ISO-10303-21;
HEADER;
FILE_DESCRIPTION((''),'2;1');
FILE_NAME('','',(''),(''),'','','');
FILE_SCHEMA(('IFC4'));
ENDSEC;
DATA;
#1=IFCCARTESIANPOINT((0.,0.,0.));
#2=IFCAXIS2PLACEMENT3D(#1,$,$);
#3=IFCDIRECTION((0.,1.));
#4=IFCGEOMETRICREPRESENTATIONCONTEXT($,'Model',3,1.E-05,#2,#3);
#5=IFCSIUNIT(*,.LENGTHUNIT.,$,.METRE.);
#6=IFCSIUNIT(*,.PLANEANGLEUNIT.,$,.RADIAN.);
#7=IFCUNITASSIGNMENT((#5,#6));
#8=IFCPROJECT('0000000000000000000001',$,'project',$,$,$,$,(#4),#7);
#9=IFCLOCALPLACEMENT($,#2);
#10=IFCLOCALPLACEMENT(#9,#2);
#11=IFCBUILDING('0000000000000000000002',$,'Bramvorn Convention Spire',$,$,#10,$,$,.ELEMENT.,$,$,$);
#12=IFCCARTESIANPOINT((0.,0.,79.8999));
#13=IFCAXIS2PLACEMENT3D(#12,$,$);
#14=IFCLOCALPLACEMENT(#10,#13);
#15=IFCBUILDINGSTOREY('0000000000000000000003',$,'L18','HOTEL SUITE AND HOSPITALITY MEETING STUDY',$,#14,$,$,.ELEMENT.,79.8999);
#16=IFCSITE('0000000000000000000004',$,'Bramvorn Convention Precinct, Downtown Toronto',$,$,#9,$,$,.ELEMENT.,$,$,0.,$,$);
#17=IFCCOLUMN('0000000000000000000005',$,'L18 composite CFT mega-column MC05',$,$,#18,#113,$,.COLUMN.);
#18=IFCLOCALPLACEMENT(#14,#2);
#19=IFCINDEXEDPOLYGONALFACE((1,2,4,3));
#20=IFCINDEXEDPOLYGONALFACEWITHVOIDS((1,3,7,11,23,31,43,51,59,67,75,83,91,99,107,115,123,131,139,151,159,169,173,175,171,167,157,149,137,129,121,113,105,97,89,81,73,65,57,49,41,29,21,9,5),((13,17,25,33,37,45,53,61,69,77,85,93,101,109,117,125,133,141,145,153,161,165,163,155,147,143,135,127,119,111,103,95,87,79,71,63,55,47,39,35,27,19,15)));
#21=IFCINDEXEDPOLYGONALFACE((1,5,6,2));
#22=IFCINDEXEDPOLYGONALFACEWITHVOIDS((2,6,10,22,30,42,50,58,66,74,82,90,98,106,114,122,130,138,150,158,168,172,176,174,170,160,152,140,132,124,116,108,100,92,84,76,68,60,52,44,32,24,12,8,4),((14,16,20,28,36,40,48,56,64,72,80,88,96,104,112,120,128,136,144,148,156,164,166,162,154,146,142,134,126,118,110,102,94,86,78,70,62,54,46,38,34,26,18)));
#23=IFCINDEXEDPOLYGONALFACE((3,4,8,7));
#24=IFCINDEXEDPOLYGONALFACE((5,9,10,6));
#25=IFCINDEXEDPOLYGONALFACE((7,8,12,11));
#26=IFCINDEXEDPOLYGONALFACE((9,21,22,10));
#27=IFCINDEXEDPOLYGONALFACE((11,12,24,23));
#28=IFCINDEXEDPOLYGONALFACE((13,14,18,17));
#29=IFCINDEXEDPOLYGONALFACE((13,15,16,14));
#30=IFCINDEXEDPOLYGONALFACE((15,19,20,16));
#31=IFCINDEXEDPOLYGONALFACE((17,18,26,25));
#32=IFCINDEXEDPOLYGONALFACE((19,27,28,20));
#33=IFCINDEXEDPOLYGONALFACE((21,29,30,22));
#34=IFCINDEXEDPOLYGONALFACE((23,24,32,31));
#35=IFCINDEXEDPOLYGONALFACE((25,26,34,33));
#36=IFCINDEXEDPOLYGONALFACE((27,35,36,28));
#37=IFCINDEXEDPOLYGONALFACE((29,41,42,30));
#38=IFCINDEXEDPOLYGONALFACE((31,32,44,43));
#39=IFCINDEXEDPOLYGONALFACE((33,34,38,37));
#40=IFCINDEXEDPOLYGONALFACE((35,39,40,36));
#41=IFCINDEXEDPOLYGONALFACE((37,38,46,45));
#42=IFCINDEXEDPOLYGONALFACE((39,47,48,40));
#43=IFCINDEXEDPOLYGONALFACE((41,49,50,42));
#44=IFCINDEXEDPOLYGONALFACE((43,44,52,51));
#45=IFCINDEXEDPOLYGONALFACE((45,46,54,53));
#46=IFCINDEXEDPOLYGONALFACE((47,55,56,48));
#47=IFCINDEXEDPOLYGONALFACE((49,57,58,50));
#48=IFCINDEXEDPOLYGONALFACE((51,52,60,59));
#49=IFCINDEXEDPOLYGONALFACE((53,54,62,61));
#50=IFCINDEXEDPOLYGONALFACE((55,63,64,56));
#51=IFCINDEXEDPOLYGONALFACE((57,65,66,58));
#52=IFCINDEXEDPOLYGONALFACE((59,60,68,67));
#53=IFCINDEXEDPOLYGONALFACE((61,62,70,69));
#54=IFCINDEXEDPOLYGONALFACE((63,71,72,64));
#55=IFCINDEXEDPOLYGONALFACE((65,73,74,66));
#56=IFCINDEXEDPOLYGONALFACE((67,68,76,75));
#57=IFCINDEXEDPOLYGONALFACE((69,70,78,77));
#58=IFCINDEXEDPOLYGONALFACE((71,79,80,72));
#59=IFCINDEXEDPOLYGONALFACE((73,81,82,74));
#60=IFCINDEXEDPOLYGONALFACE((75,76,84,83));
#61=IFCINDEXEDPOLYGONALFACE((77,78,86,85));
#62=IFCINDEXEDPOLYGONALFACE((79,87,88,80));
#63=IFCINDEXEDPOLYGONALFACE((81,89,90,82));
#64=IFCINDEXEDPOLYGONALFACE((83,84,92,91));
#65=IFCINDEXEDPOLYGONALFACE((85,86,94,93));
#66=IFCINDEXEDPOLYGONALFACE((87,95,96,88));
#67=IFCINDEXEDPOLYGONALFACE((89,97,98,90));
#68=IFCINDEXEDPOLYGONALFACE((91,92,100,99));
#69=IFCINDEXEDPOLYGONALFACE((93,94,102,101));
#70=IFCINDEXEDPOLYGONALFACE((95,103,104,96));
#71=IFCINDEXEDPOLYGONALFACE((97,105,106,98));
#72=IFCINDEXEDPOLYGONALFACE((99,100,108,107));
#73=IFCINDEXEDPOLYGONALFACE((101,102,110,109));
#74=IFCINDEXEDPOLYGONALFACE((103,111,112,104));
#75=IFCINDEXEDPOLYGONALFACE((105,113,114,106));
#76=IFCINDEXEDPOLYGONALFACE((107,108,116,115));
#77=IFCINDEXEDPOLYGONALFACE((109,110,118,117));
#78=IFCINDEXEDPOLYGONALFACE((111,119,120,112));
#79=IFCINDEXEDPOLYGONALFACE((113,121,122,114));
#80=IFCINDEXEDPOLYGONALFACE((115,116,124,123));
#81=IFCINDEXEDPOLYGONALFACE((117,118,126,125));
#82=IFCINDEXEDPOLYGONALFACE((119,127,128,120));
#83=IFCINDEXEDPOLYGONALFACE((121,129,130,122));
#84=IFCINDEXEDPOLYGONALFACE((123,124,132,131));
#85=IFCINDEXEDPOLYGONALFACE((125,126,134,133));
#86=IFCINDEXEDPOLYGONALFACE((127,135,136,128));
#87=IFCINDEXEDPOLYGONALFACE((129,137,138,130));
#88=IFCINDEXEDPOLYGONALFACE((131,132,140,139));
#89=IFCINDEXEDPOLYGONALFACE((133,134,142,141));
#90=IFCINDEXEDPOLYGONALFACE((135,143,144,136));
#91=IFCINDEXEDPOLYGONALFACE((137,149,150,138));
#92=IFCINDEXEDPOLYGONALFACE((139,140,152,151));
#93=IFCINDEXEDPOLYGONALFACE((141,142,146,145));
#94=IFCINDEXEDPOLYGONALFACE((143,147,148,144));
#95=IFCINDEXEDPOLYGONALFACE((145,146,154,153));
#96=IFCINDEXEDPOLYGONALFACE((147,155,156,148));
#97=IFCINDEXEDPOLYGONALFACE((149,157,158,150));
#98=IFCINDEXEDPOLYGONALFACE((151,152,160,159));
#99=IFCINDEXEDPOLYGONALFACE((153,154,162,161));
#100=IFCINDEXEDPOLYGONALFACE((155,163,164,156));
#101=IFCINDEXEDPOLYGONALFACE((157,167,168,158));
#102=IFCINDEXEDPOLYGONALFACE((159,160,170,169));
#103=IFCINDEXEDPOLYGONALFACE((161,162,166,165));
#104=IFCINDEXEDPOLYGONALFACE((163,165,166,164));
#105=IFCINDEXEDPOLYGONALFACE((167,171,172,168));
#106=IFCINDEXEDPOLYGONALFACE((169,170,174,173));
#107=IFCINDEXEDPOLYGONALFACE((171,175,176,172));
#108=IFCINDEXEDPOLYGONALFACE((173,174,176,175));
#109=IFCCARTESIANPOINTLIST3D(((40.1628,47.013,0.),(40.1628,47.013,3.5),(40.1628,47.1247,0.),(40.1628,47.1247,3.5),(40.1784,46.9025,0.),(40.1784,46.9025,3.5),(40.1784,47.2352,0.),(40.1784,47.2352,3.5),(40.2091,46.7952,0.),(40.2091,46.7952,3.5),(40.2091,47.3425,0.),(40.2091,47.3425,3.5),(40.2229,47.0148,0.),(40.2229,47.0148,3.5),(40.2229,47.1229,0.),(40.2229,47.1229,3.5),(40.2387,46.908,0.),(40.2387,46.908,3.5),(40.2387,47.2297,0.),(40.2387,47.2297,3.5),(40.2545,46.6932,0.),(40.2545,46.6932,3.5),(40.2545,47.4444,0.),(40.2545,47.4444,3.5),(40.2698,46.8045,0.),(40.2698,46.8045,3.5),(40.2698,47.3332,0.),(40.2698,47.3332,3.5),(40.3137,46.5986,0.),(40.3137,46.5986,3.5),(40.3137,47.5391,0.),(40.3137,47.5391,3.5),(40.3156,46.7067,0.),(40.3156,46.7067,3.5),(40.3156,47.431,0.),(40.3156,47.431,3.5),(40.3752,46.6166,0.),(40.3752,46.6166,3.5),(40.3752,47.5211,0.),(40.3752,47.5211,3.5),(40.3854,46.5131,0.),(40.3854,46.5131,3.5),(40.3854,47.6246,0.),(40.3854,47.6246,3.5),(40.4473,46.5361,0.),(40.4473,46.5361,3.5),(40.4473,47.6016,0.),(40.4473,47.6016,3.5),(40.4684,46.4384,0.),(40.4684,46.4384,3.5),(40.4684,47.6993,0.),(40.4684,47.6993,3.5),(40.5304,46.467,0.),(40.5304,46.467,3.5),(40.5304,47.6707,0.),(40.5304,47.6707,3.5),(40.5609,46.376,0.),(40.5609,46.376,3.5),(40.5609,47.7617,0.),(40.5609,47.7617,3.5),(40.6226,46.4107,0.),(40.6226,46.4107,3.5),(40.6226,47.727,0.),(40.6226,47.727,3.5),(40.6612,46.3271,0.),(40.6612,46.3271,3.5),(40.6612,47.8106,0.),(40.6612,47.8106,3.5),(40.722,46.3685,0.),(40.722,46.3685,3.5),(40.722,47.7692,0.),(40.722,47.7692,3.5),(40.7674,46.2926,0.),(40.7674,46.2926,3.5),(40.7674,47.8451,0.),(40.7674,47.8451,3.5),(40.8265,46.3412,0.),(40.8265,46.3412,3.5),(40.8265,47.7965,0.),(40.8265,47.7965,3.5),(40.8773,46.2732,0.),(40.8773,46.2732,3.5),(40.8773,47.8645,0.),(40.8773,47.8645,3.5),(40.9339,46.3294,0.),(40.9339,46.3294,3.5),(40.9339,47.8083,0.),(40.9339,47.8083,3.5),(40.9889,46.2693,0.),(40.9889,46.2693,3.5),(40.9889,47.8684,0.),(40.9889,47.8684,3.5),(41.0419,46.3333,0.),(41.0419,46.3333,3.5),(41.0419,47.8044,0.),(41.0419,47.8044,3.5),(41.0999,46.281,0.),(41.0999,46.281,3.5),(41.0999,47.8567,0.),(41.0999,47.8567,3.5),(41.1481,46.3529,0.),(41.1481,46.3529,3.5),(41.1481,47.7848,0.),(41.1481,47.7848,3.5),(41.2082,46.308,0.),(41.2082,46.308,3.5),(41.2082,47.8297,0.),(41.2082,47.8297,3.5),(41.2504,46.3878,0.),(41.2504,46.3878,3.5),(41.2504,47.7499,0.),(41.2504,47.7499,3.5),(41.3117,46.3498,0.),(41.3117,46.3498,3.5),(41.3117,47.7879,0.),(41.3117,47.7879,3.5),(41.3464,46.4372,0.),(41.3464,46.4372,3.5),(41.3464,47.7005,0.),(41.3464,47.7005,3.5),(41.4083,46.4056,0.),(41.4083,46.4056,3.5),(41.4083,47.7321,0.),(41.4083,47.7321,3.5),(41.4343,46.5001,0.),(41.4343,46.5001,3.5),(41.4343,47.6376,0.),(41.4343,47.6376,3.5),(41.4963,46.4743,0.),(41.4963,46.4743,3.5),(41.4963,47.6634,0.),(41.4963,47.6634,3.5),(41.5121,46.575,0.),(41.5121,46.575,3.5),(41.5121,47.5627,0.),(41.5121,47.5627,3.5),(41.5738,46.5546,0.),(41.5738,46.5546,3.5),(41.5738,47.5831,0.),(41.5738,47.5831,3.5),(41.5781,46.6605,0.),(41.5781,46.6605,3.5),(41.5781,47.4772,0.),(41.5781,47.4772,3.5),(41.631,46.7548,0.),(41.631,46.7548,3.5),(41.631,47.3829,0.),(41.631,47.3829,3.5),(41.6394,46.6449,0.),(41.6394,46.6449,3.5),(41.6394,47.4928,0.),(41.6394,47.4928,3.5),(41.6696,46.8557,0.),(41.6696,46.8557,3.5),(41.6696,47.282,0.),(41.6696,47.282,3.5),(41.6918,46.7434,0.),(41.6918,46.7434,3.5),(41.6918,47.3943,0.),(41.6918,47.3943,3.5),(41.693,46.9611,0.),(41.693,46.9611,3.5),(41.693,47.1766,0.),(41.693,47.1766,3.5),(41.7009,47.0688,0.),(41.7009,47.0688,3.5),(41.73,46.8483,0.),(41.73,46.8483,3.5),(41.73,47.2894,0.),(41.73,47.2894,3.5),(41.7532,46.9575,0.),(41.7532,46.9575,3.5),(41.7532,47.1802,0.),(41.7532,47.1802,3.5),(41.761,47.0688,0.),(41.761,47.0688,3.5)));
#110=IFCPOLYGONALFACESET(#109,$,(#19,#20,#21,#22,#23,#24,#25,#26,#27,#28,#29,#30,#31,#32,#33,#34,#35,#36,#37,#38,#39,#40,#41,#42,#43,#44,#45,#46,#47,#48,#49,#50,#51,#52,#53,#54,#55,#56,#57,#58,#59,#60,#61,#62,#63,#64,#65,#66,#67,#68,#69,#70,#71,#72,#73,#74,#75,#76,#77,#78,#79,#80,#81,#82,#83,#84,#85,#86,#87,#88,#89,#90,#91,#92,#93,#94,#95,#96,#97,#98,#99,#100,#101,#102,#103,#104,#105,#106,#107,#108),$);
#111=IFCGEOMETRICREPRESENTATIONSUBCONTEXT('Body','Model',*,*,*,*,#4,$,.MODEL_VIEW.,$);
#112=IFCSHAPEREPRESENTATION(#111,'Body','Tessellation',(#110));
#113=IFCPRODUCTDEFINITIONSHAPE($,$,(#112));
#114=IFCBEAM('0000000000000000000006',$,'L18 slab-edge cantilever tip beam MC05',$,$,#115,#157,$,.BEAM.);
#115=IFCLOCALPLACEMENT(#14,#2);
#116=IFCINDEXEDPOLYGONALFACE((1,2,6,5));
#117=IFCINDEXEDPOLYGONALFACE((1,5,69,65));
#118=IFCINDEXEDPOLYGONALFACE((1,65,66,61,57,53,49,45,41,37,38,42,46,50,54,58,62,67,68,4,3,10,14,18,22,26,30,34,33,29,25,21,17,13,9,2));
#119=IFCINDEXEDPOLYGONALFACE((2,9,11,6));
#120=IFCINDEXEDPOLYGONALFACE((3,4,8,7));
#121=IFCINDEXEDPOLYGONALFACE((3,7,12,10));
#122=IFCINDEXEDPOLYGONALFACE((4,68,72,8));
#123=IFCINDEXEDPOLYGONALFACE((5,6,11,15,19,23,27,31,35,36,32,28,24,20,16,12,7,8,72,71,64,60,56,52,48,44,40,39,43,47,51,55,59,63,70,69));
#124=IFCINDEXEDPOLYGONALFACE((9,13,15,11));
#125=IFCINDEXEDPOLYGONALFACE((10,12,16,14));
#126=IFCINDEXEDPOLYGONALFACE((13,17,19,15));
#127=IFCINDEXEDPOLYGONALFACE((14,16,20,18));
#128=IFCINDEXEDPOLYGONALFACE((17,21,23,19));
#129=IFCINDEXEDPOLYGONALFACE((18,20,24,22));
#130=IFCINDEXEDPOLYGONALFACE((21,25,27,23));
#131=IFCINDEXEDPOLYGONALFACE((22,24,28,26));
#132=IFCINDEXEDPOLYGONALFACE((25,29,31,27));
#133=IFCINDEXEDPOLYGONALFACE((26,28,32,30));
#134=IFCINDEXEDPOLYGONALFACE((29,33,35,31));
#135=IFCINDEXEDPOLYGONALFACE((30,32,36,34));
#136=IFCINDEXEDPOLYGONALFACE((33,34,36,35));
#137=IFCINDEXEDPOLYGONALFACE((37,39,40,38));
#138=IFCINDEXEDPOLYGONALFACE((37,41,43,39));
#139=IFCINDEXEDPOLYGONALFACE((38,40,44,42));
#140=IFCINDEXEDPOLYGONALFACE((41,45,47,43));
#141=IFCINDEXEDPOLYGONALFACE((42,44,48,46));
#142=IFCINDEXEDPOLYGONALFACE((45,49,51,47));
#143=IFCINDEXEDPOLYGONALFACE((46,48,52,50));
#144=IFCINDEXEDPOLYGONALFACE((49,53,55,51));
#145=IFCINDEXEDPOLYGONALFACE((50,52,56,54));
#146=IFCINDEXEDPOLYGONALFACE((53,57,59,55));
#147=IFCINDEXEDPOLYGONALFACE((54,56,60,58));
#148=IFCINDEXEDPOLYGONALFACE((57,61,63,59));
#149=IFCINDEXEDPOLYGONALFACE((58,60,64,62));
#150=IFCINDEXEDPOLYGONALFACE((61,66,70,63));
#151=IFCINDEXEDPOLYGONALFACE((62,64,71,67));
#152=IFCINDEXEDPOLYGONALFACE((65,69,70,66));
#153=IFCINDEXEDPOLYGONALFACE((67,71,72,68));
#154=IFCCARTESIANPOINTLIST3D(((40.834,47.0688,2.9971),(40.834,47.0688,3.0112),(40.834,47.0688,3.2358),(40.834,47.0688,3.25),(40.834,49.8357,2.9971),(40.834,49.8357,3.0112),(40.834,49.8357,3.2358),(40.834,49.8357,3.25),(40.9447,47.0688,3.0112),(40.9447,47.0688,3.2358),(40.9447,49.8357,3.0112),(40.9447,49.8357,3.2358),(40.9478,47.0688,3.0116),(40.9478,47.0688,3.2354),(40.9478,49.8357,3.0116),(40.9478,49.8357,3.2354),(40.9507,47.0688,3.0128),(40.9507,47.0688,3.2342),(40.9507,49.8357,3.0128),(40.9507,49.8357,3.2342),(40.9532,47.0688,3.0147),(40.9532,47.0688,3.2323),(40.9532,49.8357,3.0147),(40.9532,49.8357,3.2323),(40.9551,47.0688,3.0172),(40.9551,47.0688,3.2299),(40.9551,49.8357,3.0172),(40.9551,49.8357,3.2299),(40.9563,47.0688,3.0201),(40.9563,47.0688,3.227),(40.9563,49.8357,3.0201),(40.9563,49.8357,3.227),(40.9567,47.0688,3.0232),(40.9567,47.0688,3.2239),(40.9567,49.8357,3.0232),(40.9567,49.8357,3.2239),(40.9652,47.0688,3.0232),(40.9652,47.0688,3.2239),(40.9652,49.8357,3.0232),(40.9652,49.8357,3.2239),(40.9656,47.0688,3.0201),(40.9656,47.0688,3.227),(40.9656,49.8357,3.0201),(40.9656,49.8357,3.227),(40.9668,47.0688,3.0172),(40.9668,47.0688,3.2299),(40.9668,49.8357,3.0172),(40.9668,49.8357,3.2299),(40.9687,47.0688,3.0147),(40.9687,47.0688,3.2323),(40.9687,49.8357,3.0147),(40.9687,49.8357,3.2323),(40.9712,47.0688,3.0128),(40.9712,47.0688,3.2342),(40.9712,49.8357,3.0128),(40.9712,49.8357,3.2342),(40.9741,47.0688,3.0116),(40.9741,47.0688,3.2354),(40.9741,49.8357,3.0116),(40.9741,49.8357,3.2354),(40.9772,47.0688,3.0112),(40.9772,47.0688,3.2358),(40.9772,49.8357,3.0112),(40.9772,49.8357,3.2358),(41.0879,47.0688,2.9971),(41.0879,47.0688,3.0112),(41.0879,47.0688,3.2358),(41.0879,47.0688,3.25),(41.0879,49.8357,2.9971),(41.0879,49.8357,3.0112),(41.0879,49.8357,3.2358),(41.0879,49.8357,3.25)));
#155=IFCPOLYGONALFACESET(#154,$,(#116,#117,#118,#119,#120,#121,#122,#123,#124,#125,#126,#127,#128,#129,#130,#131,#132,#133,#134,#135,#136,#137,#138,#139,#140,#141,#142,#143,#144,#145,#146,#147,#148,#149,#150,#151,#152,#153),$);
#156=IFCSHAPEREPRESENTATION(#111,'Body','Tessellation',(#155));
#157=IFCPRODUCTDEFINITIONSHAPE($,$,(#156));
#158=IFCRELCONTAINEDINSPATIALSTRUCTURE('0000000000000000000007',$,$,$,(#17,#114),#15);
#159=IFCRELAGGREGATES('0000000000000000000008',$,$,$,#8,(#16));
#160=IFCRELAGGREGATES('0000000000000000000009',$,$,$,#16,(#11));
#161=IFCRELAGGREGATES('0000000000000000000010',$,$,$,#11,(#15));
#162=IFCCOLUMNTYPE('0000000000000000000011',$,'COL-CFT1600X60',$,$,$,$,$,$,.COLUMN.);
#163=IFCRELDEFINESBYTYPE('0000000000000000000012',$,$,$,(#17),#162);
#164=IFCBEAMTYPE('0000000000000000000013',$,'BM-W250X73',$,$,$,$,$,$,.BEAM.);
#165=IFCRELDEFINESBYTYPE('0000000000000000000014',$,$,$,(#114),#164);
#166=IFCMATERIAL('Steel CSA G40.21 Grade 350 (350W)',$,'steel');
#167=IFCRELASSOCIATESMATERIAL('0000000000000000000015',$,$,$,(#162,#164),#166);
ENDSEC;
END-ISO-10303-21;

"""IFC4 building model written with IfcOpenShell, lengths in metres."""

from ifc_helpers import new_model, si_unit, direction, frame, origin, origin_2d, place, context, subcontext, project, spatial, hollow_circle, i_section, extrude, material, material_profile, profile_set, type_object, element, save


model = new_model("IFC4")

# Units and contexts
model_context = context("Model", 3, precision=1e-05, world=origin(), true_north=direction((0.0, 1.0)))
body_context = subcontext(model_context, "Body", "Model", "MODEL_VIEW")
ifc_project = project(units=[si_unit("LENGTHUNIT", "METRE"), si_unit("PLANEANGLEUNIT", "RADIAN")], contexts=[model_context])

# Site, building, storey
site_placement = place(None, origin())
site = spatial("IfcSite", under=ifc_project, at=site_placement, Name="Bramvorn Convention Precinct, Downtown Toronto", CompositionType="ELEMENT", RefElevation=0.0)
building_placement = place(site_placement, origin())
building = spatial("IfcBuilding", under=site, at=building_placement, Name="Bramvorn Convention Spire", CompositionType="ELEMENT")
storey_placement = place(building_placement, frame((0.0, 0.0, 79.8999)))
storey = spatial("IfcBuildingStorey", under=building, at=storey_placement, Name="L18", Description="HOTEL SUITE AND HOSPITALITY MEETING STUDY", CompositionType="ELEMENT", Elevation=79.8999)

# Column
ifc_material_1 = material(Name="Steel CSA G40.21 Grade 350 (350W)", Category="steel")
ifc_material_profile_1 = material_profile(ifc_material_1, hollow_circle(Radius=0.8, WallThickness=0.0601, at=origin_2d()))
ifc_profile_set_1 = profile_set([ifc_material_profile_1], Name="Steel CSA G40.21 Grade 350 (350W) - CFT1600X60")
column_type = type_object("IfcColumnType", Name="COL-CFT1600X60", PredefinedType="COLUMN", material=ifc_profile_set_1)
column_placement = place(storey_placement, frame((40.9609, 47.0688, 0.0), z_axis=(0.0, 0.0, 1.0), x_axis=(1.0, 0.0, 0.0)))
element("IfcColumn", 1, at=column_placement, inside=storey, type_object=column_type, Name="L18 composite CFT mega-column MC05", PredefinedType="COLUMN", context=body_context, shape_type="SweptSolid", body=[
    extrude(hollow_circle(Radius=0.8, WallThickness=0.0601, at=origin_2d()), origin(), (0.0, 0.0, 1.0), 3.5),
])

# Beam
ifc_material_profile_2 = material_profile(ifc_material_1, i_section(OverallWidth=0.2539, OverallDepth=0.2529, WebThickness=0.0085, FlangeThickness=0.0142, FilletRadius=0.012, at=origin_2d()))
ifc_profile_set_2 = profile_set([ifc_material_profile_2], Name="Steel CSA G40.21 Grade 350 (350W) - W250X73")
beam_type_1 = type_object("IfcBeamType", Name="BM-W250X73", PredefinedType="BEAM", material=ifc_profile_set_2)
beam_1_placement = place(storey_placement, frame((40.9609, 47.0688, 3.1235), z_axis=(0.0, 1.0, 0.0), x_axis=(-1.0, 0.0, 0.0)))
element("IfcBeam", 2, at=beam_1_placement, inside=storey, type_object=beam_type_1, Name="L18 slab-edge cantilever tip beam MC05", PredefinedType="BEAM", context=body_context, shape_type="SweptSolid", body=[
    extrude(i_section(OverallWidth=0.2539, OverallDepth=0.2529, WebThickness=0.0085, FlangeThickness=0.0142, FilletRadius=0.012, at=origin_2d()), origin(), (0.0, 0.0, 1.0), 2.7668),
])

save(model, "model.ifc")
